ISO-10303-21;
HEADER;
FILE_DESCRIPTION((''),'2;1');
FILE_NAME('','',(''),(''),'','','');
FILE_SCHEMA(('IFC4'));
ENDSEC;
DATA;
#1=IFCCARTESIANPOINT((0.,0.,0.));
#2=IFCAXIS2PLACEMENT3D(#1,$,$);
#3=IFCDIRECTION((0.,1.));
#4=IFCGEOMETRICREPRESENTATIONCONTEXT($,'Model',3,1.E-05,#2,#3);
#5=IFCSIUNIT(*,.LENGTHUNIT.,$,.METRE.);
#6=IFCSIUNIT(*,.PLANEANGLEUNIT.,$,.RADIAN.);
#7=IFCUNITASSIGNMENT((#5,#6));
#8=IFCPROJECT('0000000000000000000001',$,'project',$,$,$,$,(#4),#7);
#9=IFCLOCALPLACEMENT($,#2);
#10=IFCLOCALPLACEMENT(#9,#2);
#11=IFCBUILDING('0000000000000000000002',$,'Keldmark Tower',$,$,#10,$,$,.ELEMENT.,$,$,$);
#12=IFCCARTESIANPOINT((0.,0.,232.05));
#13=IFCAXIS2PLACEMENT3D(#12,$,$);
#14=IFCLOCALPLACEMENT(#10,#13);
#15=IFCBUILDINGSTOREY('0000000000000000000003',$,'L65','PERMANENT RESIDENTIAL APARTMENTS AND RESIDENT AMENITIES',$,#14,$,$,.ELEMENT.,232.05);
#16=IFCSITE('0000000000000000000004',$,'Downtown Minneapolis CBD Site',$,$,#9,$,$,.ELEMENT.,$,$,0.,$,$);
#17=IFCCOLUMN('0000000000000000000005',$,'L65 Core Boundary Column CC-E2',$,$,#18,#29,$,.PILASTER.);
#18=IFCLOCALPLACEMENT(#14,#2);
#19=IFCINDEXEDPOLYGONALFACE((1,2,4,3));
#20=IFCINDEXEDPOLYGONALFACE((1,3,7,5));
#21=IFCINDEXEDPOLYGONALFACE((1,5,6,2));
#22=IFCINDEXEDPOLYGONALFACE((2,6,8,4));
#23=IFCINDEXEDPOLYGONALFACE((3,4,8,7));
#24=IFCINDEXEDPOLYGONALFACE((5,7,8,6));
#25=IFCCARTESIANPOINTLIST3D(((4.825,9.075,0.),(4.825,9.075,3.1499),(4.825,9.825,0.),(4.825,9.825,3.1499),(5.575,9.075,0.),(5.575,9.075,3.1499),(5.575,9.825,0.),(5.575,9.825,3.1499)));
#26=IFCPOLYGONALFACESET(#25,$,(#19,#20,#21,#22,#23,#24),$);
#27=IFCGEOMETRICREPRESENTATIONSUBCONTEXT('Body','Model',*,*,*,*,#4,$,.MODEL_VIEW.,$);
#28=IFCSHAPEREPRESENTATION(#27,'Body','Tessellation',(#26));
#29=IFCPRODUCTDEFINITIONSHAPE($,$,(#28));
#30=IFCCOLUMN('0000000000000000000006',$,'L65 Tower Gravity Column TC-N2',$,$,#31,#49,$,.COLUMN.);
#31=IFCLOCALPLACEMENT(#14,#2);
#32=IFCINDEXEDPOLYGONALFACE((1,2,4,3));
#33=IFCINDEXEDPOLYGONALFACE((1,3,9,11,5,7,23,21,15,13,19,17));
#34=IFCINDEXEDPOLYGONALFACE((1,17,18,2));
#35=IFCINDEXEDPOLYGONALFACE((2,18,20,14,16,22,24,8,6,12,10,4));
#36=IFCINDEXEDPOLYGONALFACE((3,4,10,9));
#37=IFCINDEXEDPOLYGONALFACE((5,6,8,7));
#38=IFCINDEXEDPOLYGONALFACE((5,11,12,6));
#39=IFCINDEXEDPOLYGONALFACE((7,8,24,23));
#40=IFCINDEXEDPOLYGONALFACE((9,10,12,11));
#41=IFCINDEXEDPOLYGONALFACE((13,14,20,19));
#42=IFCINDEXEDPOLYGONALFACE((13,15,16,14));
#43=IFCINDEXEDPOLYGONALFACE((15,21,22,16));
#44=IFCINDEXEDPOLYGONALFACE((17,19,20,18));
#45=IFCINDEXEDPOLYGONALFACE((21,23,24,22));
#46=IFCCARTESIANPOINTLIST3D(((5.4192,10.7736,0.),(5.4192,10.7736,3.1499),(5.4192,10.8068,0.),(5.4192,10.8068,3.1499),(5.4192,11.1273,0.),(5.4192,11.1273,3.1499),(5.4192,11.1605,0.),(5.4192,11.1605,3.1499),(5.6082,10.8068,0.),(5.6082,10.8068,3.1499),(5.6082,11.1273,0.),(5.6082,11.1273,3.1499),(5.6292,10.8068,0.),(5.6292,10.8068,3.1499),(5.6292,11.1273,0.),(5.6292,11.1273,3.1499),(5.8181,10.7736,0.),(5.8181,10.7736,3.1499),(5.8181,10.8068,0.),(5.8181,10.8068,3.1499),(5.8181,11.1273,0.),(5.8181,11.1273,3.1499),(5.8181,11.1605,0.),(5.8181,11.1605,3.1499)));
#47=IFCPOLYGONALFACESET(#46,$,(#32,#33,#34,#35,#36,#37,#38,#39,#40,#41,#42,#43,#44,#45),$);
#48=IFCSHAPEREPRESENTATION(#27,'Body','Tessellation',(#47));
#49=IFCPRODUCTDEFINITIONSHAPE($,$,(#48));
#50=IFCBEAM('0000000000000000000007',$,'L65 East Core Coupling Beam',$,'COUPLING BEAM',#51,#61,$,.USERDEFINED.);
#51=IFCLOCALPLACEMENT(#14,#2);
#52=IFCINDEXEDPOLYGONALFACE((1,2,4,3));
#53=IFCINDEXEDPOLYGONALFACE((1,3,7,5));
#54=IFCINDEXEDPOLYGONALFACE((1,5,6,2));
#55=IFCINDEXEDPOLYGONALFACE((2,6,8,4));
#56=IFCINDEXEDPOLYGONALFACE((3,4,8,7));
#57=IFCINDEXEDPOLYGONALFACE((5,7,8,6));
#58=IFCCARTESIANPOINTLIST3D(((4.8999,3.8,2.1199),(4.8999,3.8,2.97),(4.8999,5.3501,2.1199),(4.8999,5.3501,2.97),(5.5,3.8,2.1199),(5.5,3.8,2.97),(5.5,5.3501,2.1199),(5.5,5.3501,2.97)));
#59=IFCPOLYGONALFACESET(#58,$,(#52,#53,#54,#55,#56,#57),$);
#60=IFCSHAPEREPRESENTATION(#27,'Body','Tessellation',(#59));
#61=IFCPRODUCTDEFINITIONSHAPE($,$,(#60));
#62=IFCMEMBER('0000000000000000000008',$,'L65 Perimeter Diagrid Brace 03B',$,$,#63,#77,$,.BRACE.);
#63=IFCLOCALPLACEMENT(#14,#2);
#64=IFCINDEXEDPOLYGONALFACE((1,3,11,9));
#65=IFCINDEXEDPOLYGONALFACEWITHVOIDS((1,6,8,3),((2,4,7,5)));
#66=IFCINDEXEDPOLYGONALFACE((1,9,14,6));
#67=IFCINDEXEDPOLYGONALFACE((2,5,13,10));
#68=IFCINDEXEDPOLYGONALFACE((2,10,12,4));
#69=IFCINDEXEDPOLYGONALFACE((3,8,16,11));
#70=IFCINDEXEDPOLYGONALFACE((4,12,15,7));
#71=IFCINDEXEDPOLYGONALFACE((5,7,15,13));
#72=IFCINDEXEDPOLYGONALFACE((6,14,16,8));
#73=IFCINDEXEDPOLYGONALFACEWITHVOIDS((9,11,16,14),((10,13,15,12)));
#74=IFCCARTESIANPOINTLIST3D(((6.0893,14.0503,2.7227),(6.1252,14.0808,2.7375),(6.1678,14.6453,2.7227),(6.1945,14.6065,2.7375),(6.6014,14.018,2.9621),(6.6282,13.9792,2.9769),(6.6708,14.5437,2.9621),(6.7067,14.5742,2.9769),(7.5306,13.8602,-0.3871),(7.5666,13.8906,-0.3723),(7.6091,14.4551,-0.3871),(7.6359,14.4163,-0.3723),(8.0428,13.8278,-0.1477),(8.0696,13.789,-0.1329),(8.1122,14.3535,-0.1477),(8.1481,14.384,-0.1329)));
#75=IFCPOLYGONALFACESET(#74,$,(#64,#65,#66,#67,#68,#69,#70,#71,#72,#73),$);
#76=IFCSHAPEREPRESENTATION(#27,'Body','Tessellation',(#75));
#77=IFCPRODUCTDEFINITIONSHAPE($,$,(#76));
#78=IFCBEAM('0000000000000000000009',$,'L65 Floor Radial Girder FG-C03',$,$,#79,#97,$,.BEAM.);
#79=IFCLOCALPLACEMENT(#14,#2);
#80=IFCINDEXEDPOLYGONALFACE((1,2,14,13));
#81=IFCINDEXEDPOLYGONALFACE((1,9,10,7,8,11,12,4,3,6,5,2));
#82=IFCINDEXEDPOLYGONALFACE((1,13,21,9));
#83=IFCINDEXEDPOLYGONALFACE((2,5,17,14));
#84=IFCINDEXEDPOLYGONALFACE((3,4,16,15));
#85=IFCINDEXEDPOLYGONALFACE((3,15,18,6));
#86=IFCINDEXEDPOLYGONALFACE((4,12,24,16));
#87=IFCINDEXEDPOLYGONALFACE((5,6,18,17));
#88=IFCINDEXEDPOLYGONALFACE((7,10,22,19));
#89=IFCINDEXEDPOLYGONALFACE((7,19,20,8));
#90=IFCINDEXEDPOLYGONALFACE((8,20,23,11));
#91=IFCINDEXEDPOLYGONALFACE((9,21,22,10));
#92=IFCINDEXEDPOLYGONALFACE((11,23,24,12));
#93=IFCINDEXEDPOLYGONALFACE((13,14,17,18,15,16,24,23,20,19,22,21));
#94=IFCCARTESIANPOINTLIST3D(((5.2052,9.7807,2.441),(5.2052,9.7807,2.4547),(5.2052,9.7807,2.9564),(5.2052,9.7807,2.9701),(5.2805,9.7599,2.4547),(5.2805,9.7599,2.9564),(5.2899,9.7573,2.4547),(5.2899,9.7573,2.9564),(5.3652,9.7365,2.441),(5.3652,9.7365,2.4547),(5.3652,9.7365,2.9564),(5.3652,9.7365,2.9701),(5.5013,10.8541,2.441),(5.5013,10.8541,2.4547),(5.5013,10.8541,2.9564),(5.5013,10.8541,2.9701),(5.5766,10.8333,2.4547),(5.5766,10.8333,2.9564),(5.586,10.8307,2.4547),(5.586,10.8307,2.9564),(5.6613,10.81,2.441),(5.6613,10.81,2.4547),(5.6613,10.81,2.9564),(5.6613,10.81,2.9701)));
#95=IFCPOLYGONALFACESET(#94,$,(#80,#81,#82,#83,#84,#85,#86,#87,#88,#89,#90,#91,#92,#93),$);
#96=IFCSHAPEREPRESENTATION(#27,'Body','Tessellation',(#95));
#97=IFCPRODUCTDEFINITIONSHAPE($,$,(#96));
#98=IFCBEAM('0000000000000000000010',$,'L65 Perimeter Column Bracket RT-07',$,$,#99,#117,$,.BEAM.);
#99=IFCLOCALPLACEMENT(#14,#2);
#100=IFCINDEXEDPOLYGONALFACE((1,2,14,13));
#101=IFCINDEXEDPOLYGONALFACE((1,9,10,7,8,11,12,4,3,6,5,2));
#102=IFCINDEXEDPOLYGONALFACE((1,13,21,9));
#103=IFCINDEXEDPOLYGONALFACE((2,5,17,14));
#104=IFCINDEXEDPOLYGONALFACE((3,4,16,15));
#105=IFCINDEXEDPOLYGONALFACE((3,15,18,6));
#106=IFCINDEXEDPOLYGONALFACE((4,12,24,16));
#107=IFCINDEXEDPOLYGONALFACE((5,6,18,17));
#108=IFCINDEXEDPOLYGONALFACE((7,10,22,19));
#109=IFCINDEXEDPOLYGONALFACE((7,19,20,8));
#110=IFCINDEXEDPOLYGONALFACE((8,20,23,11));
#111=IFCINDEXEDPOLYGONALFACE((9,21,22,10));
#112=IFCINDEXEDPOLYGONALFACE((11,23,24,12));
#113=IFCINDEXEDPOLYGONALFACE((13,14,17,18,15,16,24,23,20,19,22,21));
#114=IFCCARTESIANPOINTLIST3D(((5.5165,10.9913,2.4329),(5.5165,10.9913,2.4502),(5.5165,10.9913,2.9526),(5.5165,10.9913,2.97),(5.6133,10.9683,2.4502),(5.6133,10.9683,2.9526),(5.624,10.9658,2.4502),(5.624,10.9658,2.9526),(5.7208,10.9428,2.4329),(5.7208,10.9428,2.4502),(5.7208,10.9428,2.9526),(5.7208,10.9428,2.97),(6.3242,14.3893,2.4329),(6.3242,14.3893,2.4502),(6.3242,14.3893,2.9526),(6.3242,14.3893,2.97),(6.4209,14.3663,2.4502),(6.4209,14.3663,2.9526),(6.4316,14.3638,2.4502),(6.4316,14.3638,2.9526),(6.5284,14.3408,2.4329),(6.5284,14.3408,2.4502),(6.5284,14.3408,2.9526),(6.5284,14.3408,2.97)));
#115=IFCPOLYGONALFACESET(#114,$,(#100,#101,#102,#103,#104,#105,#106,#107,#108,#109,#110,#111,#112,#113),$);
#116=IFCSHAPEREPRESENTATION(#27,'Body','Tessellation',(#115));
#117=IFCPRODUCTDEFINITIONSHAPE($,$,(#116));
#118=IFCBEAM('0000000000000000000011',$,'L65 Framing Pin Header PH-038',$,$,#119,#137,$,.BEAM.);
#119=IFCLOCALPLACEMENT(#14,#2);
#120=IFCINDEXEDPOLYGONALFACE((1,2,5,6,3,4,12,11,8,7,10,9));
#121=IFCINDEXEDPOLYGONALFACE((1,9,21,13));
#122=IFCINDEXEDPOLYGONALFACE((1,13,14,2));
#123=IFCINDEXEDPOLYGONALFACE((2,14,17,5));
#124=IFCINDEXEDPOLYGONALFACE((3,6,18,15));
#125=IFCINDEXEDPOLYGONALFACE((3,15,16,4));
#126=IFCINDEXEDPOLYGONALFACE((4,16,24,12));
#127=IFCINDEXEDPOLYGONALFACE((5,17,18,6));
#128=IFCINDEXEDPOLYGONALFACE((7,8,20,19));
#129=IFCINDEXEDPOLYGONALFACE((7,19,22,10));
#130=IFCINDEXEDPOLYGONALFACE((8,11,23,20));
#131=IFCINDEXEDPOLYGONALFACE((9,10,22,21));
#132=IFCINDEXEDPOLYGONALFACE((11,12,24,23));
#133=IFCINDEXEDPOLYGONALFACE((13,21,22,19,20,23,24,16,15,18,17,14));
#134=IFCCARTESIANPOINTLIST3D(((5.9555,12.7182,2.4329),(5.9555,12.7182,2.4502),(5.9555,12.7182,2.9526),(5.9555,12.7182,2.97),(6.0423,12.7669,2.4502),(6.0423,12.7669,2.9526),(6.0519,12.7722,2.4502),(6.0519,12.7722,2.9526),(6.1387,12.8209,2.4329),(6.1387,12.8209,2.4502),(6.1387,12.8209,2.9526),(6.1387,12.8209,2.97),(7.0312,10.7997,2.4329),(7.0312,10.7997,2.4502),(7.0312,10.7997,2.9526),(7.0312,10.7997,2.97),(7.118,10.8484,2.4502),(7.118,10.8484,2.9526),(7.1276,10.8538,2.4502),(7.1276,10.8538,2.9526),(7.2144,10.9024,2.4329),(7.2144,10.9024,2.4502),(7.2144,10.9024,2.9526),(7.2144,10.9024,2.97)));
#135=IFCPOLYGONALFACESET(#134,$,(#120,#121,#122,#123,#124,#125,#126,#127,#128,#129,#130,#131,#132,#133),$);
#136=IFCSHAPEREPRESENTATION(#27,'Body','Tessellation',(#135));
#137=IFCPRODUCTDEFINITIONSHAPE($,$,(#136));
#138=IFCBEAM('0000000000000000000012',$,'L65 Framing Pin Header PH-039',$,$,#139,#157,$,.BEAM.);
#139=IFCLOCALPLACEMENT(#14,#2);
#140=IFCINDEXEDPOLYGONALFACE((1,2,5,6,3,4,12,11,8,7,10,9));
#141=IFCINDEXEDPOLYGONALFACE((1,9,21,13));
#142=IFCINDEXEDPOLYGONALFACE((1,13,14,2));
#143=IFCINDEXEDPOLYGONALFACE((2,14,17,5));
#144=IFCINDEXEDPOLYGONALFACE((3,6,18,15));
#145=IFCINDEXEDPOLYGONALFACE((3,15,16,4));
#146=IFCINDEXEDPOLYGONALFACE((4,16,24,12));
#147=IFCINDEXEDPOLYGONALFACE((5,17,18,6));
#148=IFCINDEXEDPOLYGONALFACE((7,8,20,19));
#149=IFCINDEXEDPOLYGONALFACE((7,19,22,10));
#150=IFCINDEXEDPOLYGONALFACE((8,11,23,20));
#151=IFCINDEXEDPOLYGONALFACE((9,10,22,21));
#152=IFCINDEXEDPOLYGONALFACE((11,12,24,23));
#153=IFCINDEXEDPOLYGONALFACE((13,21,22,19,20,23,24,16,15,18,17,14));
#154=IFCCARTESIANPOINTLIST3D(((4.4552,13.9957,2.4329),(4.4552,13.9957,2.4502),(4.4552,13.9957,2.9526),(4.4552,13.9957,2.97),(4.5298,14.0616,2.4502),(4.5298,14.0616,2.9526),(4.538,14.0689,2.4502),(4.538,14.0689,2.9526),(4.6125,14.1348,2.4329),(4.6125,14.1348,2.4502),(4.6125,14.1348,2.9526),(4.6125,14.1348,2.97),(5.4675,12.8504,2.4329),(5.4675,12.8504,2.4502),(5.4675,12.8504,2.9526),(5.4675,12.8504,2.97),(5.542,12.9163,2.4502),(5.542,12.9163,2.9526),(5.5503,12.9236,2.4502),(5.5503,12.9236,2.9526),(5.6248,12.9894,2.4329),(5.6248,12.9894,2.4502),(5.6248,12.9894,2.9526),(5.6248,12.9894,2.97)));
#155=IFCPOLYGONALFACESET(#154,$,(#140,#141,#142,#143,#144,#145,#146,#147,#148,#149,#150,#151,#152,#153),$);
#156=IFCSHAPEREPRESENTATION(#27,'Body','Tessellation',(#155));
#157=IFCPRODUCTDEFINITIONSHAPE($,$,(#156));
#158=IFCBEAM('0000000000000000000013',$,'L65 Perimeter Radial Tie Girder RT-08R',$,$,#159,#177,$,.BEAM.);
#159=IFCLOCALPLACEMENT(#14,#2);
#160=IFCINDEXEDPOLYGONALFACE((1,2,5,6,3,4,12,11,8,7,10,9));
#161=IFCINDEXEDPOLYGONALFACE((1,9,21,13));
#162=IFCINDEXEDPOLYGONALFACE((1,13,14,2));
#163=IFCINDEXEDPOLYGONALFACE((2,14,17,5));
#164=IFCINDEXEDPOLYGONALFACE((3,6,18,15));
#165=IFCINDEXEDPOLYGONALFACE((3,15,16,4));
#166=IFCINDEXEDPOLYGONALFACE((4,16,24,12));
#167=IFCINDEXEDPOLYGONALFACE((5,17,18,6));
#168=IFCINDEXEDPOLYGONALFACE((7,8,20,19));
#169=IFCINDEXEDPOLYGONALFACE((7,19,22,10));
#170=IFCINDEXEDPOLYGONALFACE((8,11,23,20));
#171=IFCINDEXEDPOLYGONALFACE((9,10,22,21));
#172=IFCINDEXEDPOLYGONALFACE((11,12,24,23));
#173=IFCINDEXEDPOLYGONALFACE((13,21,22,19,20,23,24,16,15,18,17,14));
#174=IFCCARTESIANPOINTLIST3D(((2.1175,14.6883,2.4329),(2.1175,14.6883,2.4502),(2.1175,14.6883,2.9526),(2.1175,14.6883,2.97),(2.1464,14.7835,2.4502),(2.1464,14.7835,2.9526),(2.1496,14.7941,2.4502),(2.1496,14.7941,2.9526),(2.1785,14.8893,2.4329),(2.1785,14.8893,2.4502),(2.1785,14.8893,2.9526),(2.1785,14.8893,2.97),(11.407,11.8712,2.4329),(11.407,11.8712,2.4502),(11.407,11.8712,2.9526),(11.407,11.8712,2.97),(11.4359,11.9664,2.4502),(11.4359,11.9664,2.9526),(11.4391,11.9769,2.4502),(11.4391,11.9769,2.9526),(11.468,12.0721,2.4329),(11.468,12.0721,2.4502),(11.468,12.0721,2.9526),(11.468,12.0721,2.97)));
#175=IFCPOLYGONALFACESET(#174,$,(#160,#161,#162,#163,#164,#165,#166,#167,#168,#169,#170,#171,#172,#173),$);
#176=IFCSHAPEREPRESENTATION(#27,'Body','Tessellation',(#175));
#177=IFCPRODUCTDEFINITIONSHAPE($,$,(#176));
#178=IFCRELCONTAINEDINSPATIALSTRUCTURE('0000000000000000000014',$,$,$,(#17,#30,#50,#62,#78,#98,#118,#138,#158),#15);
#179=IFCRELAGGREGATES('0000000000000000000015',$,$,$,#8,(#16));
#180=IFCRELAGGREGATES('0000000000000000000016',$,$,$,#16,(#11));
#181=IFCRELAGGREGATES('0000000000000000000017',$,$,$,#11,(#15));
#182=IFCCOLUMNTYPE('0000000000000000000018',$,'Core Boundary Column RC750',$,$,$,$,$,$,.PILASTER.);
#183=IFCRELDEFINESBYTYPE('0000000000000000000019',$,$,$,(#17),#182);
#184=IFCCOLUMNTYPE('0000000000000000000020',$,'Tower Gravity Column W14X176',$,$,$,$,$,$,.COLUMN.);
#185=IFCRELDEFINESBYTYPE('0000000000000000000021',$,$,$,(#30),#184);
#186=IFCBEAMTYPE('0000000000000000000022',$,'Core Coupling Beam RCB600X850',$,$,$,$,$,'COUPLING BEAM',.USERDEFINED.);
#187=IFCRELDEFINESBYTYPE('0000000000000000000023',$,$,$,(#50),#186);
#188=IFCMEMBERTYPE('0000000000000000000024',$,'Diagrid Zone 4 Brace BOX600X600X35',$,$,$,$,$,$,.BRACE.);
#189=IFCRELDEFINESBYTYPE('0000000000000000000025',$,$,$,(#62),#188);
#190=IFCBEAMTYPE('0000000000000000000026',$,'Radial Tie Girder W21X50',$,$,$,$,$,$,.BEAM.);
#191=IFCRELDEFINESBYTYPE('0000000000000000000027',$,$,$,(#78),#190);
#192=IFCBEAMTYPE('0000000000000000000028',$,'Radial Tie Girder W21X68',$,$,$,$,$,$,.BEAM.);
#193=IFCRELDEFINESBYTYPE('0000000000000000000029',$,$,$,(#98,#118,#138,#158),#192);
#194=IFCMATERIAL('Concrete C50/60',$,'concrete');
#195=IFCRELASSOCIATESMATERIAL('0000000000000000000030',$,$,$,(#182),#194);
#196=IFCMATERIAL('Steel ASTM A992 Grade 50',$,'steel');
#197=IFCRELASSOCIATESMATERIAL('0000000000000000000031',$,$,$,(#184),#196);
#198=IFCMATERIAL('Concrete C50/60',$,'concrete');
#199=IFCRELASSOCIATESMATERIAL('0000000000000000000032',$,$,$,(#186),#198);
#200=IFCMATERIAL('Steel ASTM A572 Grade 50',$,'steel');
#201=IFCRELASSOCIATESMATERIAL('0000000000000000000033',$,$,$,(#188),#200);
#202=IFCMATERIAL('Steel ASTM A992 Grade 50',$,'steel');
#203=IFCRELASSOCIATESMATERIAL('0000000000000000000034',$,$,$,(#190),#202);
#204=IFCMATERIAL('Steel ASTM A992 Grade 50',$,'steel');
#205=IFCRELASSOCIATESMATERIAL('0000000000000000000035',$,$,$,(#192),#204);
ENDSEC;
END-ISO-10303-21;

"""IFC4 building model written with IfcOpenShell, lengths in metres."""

from ifc_helpers import new_model, si_unit, direction, frame, origin, origin_2d, place, context, subcontext, project, spatial, rectangle, hollow_rectangle, i_section, extrude, material, material_profile, profile_set, type_object, element, save


model = new_model("IFC4")

# Units and contexts
model_context = context("Model", 3, precision=1e-05, world=origin(), true_north=direction((0.0, 1.0)))
body_context = subcontext(model_context, "Body", "Model", "MODEL_VIEW")
ifc_project = project(units=[si_unit("LENGTHUNIT", "METRE"), si_unit("PLANEANGLEUNIT", "RADIAN")], contexts=[model_context])

# Site, building, storey
site_placement = place(None, origin())
site = spatial("IfcSite", under=ifc_project, at=site_placement, Name="Downtown Minneapolis CBD Site", CompositionType="ELEMENT", RefElevation=0.0)
building_placement = place(site_placement, origin())
building = spatial("IfcBuilding", under=site, at=building_placement, Name="Keldmark Tower", CompositionType="ELEMENT")
storey_placement = place(building_placement, frame((0.0, 0.0, 232.05)))
storey = spatial("IfcBuildingStorey", under=building, at=storey_placement, Name="L65", Description="PERMANENT RESIDENTIAL APARTMENTS AND RESIDENT AMENITIES", CompositionType="ELEMENT", Elevation=232.05)

# Columns
ifc_material_1 = material(Name="Concrete C50/60", Category="concrete")
ifc_material_profile_1 = material_profile(ifc_material_1, rectangle(XDim=0.75, YDim=0.75, at=origin_2d()), Name="RC750X750")
ifc_profile_set_1 = profile_set([ifc_material_profile_1], Name="Concrete C50/60")
column_type_1 = type_object("IfcColumnType", Name="Core Boundary Column RC750", PredefinedType="PILASTER", material=ifc_profile_set_1)
column_1_placement = place(storey_placement, frame((5.2, 9.45, 0.0), z_axis=(0.0, 0.0, 1.0), x_axis=(1.0, 0.0, 0.0)))
element("IfcColumn", 1, at=column_1_placement, inside=storey, type_object=column_type_1, Name="L65 Core Boundary Column CC-E2", PredefinedType="PILASTER", context=body_context, shape_type="SweptSolid", body=[
    extrude(rectangle(XDim=0.75, YDim=0.75, at=origin_2d()), origin(), (0.0, 0.0, 1.0), 3.1499),
])
ifc_material_2 = material(Name="Steel ASTM A992 Grade 50", Category="steel")
ifc_material_profile_2 = material_profile(ifc_material_2, i_section(OverallWidth=0.3989, OverallDepth=0.387, WebThickness=0.021, FlangeThickness=0.0332, at=origin_2d()), Name="W14X176")
ifc_profile_set_2 = profile_set([ifc_material_profile_2], Name="Steel ASTM A992 Grade 50")
column_type_2 = type_object("IfcColumnType", Name="Tower Gravity Column W14X176", PredefinedType="COLUMN", material=ifc_profile_set_2)
column_2_placement = place(storey_placement, frame((5.6187, 10.967, 0.0), z_axis=(0.0, 0.0, 1.0), x_axis=(1.0, 0.0, 0.0)))
element("IfcColumn", 2, at=column_2_placement, inside=storey, type_object=column_type_2, Name="L65 Tower Gravity Column TC-N2", PredefinedType="COLUMN", context=body_context, shape_type="SweptSolid", body=[
    extrude(i_section(OverallWidth=0.3989, OverallDepth=0.387, WebThickness=0.021, FlangeThickness=0.0332, at=origin_2d()), origin(), (0.0, 0.0, 1.0), 3.1499),
])

# Beam
ifc_material_3 = material(Name="Concrete C50/60", Category="concrete")
ifc_material_profile_3 = material_profile(ifc_material_3, rectangle(XDim=0.6001, YDim=0.8501, at=origin_2d()), Name="RCB600X850")
ifc_profile_set_3 = profile_set([ifc_material_profile_3], Name="Concrete C50/60")
beam_type_1 = type_object("IfcBeamType", Name="Core Coupling Beam RCB600X850", ElementType="COUPLING BEAM", PredefinedType="USERDEFINED", material=ifc_profile_set_3)
beam_1_placement = place(storey_placement, frame((5.2, 3.8, 2.5449), z_axis=(0.0, 1.0, 0.0), x_axis=(-1.0, 0.0, 0.0)))
element("IfcBeam", 3, at=beam_1_placement, inside=storey, type_object=beam_type_1, Name="L65 East Core Coupling Beam", ObjectType="COUPLING BEAM", PredefinedType="USERDEFINED", context=body_context, shape_type="SweptSolid", body=[
    extrude(rectangle(XDim=0.6001, YDim=0.8501, at=origin_2d()), origin(), (0.0, 0.0, 1.0), 1.55),
])

# Member
ifc_material_4 = material(Name="Steel ASTM A572 Grade 50", Category="steel")
ifc_material_profile_4 = material_profile(ifc_material_4, hollow_rectangle(XDim=0.6001, YDim=0.6001, WallThickness=0.0349, at=origin_2d()), Name="BOX600X600X35")
ifc_profile_set_4 = profile_set([ifc_material_profile_4], Name="Steel ASTM A572 Grade 50")
member_type = type_object("IfcMemberType", Name="Diagrid Zone 4 Brace BOX600X600X35", PredefinedType="BRACE", material=ifc_profile_set_4)
member_placement = place(storey_placement, frame((7.8394, 14.1221, -0.26), z_axis=(-0.419875, 0.0554, 0.905889), x_axis=(-0.130811, -0.991407, 0.0)))
element("IfcMember", 4, at=member_placement, inside=storey, type_object=member_type, Name="L65 Perimeter Diagrid Brace 03B", PredefinedType="BRACE", context=body_context, shape_type="SweptSolid", body=[
    extrude(hollow_rectangle(XDim=0.6001, YDim=0.6001, WallThickness=0.0349, at=origin_2d()), origin(), (0.0, 0.0, 1.0), 3.4329),
])

# Beams
ifc_material_5 = material(Name="Steel ASTM A992 Grade 50", Category="steel")
ifc_material_profile_5 = material_profile(ifc_material_5, i_section(OverallWidth=0.166, OverallDepth=0.5291, WebThickness=0.0098, FlangeThickness=0.0137, at=origin_2d()), Name="W21X50")
ifc_profile_set_5 = profile_set([ifc_material_profile_5], Name="Steel ASTM A992 Grade 50")
beam_type_2 = type_object("IfcBeamType", Name="Radial Tie Girder W21X50", PredefinedType="BEAM", material=ifc_profile_set_5)
beam_2_placement = place(storey_placement, frame((5.5813, 10.832, 2.7056), z_axis=(-0.265936, -0.963991, 0.0), x_axis=(0.963991, -0.265936, 0.0)))
element("IfcBeam", 5, at=beam_2_placement, inside=storey, type_object=beam_type_2, Name="L65 Floor Radial Girder FG-C03", PredefinedType="BEAM", context=body_context, shape_type="SweptSolid", body=[
    extrude(i_section(OverallWidth=0.166, OverallDepth=0.5291, WebThickness=0.0098, FlangeThickness=0.0137, at=origin_2d()), origin(), (0.0, 0.0, 1.0), 1.1135),
])
ifc_material_6 = material(Name="Steel ASTM A992 Grade 50", Category="steel")
ifc_material_profile_6 = material_profile(ifc_material_6, i_section(OverallWidth=0.21, OverallDepth=0.5371, WebThickness=0.011, FlangeThickness=0.0173, at=origin_2d()), Name="W21X68")
ifc_profile_set_6 = profile_set([ifc_material_profile_6], Name="Steel ASTM A992 Grade 50")
beam_type_3 = type_object("IfcBeamType", Name="Radial Tie Girder W21X68", PredefinedType="BEAM", material=ifc_profile_set_6)
beam_3_placement = place(storey_placement, frame((5.6187, 10.967, 2.7014), z_axis=(0.231236, 0.972898, 0.0), x_axis=(-0.972898, 0.231236, 0.0)))
element("IfcBeam", 6, at=beam_3_placement, inside=storey, type_object=beam_type_3, Name="L65 Perimeter Column Bracket RT-07", PredefinedType="BEAM", context=body_context, shape_type="SweptSolid", body=[
    extrude(i_section(OverallWidth=0.21, OverallDepth=0.5371, WebThickness=0.011, FlangeThickness=0.0173, at=origin_2d()), origin(), (0.0, 0.0, 1.0), 3.4927),
])
beam_4_placement = place(storey_placement, frame((7.1228, 10.8511, 2.7014), z_axis=(-0.48907, 0.872245, 0.0), x_axis=(-0.872245, -0.48907, 0.0)))
element("IfcBeam", 7, at=beam_4_placement, inside=storey, type_object=beam_type_3, Name="L65 Framing Pin Header PH-038", PredefinedType="BEAM", context=body_context, shape_type="SweptSolid", body=[
    extrude(i_section(OverallWidth=0.21, OverallDepth=0.5371, WebThickness=0.011, FlangeThickness=0.0173, at=origin_2d()), origin(), (0.0, 0.0, 1.0), 2.1995),
])
beam_5_placement = place(storey_placement, frame((5.5461, 12.9199, 2.7014), z_axis=(-0.66224, 0.749292, 0.0), x_axis=(-0.749292, -0.66224, 0.0)))
element("IfcBeam", 8, at=beam_5_placement, inside=storey, type_object=beam_type_3, Name="L65 Framing Pin Header PH-039", PredefinedType="BEAM", context=body_context, shape_type="SweptSolid", body=[
    extrude(i_section(OverallWidth=0.21, OverallDepth=0.5371, WebThickness=0.011, FlangeThickness=0.0173, at=origin_2d()), origin(), (0.0, 0.0, 1.0), 1.5286),
])
beam_6_placement = place(storey_placement, frame((11.4375, 11.9717, 2.7014), z_axis=(-0.956964, 0.290208, 0.0), x_axis=(-0.290208, -0.956964, 0.0)))
element("IfcBeam", 9, at=beam_6_placement, inside=storey, type_object=beam_type_3, Name="L65 Perimeter Radial Tie Girder RT-08R", PredefinedType="BEAM", context=body_context, shape_type="SweptSolid", body=[
    extrude(i_section(OverallWidth=0.21, OverallDepth=0.5371, WebThickness=0.011, FlangeThickness=0.0173, at=origin_2d()), origin(), (0.0, 0.0, 1.0), 9.7073),
])

save(model, "model.ifc")
